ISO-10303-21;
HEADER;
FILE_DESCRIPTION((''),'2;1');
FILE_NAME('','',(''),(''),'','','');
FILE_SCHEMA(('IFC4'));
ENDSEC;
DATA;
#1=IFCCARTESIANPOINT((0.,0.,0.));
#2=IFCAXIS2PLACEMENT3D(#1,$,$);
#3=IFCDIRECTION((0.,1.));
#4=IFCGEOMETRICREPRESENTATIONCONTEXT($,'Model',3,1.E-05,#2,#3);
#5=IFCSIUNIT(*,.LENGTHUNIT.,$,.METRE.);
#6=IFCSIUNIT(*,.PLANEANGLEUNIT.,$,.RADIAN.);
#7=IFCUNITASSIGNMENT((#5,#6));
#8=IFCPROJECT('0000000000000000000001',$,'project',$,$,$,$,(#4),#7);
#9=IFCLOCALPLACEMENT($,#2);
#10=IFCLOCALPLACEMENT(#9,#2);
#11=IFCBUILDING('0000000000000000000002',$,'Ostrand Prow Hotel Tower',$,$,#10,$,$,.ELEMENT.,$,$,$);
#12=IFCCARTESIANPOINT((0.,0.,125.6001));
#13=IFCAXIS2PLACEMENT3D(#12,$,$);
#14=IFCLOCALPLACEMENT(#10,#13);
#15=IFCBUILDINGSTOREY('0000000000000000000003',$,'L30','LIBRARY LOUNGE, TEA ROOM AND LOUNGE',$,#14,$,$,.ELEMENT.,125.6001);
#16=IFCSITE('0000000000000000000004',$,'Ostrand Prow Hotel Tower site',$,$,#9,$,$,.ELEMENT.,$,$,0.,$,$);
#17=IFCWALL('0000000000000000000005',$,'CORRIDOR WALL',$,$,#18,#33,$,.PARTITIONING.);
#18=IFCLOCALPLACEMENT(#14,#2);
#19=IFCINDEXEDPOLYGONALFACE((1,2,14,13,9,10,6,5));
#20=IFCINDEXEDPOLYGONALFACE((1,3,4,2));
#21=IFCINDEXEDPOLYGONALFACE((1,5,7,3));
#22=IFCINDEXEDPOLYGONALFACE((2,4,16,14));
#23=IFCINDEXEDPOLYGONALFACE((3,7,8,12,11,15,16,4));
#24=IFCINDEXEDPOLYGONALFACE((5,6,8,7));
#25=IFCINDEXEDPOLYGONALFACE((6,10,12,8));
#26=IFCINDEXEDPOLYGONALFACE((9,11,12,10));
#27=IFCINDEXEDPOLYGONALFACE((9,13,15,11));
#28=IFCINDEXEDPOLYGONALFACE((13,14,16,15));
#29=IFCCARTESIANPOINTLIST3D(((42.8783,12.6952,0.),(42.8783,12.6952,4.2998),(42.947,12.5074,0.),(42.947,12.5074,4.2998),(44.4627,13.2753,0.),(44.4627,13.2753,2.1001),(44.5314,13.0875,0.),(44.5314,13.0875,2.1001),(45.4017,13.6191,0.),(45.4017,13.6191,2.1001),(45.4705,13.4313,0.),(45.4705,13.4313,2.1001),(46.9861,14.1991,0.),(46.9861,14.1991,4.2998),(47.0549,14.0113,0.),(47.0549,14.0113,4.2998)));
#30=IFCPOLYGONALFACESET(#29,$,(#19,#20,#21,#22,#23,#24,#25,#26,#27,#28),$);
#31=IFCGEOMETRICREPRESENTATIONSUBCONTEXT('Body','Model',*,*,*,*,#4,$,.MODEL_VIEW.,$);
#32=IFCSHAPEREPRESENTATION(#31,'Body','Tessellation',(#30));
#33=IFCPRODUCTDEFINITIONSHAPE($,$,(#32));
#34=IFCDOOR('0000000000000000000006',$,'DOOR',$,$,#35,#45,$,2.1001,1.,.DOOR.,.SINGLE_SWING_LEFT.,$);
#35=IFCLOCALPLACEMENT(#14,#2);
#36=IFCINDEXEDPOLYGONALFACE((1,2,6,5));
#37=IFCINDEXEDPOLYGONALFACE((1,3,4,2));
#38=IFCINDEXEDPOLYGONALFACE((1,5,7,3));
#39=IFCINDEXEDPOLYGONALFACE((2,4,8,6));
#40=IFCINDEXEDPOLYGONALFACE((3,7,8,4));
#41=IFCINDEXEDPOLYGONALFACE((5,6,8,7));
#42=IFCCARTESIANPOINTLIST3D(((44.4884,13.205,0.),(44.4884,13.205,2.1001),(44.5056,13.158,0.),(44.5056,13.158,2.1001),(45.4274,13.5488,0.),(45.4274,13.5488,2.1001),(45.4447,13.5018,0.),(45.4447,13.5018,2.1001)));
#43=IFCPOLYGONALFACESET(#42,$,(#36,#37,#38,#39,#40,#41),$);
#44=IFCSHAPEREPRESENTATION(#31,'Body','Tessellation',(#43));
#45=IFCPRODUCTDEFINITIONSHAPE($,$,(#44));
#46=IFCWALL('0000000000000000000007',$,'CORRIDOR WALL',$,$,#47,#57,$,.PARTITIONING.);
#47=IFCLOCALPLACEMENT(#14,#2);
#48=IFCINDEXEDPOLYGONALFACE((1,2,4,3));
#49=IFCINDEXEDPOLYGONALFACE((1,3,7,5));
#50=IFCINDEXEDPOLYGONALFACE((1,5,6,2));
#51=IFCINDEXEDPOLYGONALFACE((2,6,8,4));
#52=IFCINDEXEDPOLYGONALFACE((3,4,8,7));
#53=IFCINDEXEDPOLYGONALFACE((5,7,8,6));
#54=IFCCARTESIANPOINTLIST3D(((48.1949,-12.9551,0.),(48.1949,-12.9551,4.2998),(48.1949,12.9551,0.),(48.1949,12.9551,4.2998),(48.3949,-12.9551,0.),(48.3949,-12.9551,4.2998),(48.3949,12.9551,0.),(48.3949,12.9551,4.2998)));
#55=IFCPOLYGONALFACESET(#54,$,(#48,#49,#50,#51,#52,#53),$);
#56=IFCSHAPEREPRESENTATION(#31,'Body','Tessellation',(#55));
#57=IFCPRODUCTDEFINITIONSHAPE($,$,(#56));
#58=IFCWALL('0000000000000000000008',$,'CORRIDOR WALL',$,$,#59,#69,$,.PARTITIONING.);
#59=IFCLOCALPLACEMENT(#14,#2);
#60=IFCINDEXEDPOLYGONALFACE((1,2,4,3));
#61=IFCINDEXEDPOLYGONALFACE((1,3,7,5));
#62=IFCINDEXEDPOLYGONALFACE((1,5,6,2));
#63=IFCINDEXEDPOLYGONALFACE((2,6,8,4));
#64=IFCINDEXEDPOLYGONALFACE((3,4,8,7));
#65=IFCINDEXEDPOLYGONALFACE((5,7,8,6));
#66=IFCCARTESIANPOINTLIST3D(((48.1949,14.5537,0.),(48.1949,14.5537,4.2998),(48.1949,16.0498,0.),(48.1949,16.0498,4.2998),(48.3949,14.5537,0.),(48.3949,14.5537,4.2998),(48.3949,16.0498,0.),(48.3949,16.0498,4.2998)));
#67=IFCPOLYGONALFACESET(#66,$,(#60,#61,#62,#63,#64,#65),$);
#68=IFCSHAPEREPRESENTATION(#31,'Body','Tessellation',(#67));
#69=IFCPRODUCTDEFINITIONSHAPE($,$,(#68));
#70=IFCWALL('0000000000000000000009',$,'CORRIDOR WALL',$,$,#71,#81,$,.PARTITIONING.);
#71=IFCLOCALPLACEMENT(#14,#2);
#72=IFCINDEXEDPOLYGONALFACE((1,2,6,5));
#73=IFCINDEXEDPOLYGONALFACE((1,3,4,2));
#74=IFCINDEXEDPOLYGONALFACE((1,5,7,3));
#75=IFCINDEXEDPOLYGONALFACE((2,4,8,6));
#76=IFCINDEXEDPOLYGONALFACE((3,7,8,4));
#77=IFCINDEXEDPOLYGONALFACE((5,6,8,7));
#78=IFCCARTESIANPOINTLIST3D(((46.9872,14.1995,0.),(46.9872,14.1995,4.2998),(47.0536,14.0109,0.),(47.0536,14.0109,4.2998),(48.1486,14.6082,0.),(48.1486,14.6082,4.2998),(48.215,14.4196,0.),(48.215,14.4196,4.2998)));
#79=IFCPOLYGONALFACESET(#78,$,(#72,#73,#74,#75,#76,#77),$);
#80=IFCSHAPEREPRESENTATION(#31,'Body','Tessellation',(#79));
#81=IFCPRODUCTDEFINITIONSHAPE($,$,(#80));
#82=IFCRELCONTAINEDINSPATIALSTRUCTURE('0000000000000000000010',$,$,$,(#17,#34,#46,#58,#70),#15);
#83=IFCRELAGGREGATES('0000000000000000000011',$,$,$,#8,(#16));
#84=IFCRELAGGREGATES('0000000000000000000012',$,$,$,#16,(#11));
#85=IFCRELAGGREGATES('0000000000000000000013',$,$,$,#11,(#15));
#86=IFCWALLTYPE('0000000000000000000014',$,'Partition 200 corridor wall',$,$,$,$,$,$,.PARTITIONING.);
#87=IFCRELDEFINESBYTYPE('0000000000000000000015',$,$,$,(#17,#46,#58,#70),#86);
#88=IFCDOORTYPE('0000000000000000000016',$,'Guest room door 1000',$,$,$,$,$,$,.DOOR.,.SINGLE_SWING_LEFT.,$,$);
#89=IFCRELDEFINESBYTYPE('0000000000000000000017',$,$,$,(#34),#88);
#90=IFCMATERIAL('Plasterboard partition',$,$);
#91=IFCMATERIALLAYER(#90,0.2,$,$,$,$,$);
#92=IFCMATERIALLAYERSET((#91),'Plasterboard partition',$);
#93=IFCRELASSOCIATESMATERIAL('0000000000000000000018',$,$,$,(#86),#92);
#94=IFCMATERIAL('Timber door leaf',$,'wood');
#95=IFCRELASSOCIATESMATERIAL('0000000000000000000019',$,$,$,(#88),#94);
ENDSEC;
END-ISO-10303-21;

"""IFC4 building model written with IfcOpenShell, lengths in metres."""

from ifc_helpers import new_model, si_unit, direction, frame, frame_2d, origin, place, context, subcontext, project, spatial, rectangle, extrude, material, layer, layer_set, type_object, element, fill, save


model = new_model("IFC4")

# Units and contexts
model_context = context("Model", 3, precision=1e-05, world=origin(), true_north=direction((0.0, 1.0)))
body_context = subcontext(model_context, "Body", "Model", "MODEL_VIEW")
ifc_project = project(units=[si_unit("LENGTHUNIT", "METRE"), si_unit("PLANEANGLEUNIT", "RADIAN")], contexts=[model_context])

# Site, building, storey
site_placement = place(None, origin())
site = spatial("IfcSite", under=ifc_project, at=site_placement, Name="Ostrand Prow Hotel Tower site", CompositionType="ELEMENT", RefElevation=0.0)
building_placement = place(site_placement, origin())
building = spatial("IfcBuilding", under=site, at=building_placement, Name="Ostrand Prow Hotel Tower", CompositionType="ELEMENT")
storey_placement = place(building_placement, frame((0.0, 0.0, 125.6001)))
storey = spatial("IfcBuildingStorey", under=building, at=storey_placement, Name="L30", Description="LIBRARY LOUNGE, TEA ROOM AND LOUNGE", CompositionType="ELEMENT", Elevation=125.6001)

# Wall, opening, door
ifc_material_1 = material(Name="Plasterboard partition")
ifc_layer_1 = layer(ifc_material_1, 0.2)
ifc_layer_set_1 = layer_set([ifc_layer_1], Name="Plasterboard partition")
wall_type_1 = type_object("IfcWallType", Name="Partition 200 corridor wall", PredefinedType="PARTITIONING", material=ifc_layer_set_1)
wall_1_placement = place(storey_placement, frame((47.0205, 14.1052, 0.0), z_axis=(0.0, 0.0, 1.0), x_axis=(-0.939048, -0.343786, 0.0)))
wall_1 = element("IfcWall", 1, at=wall_1_placement, inside=storey, type_object=wall_type_1, Name="CORRIDOR WALL", PredefinedType="PARTITIONING", context=body_context, shape_type="SweptSolid", body=[
    extrude(rectangle(XDim=4.3745, YDim=0.2, at=frame_2d((2.1873, 0.0))), origin(), (0.0, 0.0, 1.0), 4.2998),
])
opening_1_placement = place(wall_1_placement, frame((1.6873, 0.0, 0.0)))
opening_1 = element("IfcOpeningElement", 2, at=opening_1_placement, cuts=wall_1, PredefinedType="OPENING", context=body_context, shape_type="SweptSolid", body=[
    extrude(rectangle(XDim=1.0, YDim=2.1001, at=frame_2d((0.5, 1.05))), frame((0.0, 0.1099, 0.0), z_axis=(0.0, -1.0, 0.0), x_axis=(1.0, 0.0, 0.0)), (0.0, 0.0, 1.0), 0.22),
])
ifc_material_2 = material(Name="Timber door leaf", Category="wood")
door_type_1 = type_object("IfcDoorType", Name="Guest room door 1000", OperationType="SINGLE_SWING_LEFT", PredefinedType="DOOR", material=ifc_material_2)
door_1_placement = place(opening_1_placement, origin())
door_1 = element("IfcDoor", 3, at=door_1_placement, inside=storey, type_object=door_type_1, Name="DOOR", OperationType="SINGLE_SWING_LEFT", OverallHeight=2.1001, OverallWidth=1.0, PredefinedType="DOOR", context=body_context, shape_type="SweptSolid", body=[
    extrude(rectangle(XDim=1.0, YDim=2.1001, at=frame_2d((0.5, 1.05))), frame((0.0, 0.0249, 0.0), z_axis=(0.0, -1.0, 0.0), x_axis=(1.0, 0.0, 0.0)), (0.0, 0.0, 1.0), 0.05),
])
fill(opening_1, door_1)

# Walls
wall_2_placement = place(storey_placement, frame((48.2949, 12.9551, 0.0), z_axis=(0.0, 0.0, 1.0), x_axis=(0.0, -1.0, 0.0)))
element("IfcWall", 4, at=wall_2_placement, inside=storey, type_object=wall_type_1, Name="CORRIDOR WALL", PredefinedType="PARTITIONING", context=body_context, shape_type="SweptSolid", body=[
    extrude(rectangle(XDim=25.9102, YDim=0.2, at=frame_2d((12.9551, 0.0))), origin(), (0.0, 0.0, 1.0), 4.2998),
])
wall_3_placement = place(storey_placement, frame((48.2949, 16.0498, 0.0), z_axis=(0.0, 0.0, 1.0), x_axis=(0.0, -1.0, 0.0)))
element("IfcWall", 5, at=wall_3_placement, inside=storey, type_object=wall_type_1, Name="CORRIDOR WALL", PredefinedType="PARTITIONING", context=body_context, shape_type="SweptSolid", body=[
    extrude(rectangle(XDim=1.4961, YDim=0.2, at=frame_2d((0.748, 0.0))), origin(), (0.0, 0.0, 1.0), 4.2998),
])
wall_4_placement = place(storey_placement, frame((48.1819, 14.5139, 0.0), z_axis=(0.0, 0.0, 1.0), x_axis=(-0.943297, -0.331949, 0.0)))
element("IfcWall", 6, at=wall_4_placement, inside=storey, type_object=wall_type_1, Name="CORRIDOR WALL", PredefinedType="PARTITIONING", context=body_context, shape_type="SweptSolid", body=[
    extrude(rectangle(XDim=1.2312, YDim=0.2, at=frame_2d((0.6157, 0.0))), origin(), (0.0, 0.0, 1.0), 4.2998),
])

save(model, "model.ifc")
